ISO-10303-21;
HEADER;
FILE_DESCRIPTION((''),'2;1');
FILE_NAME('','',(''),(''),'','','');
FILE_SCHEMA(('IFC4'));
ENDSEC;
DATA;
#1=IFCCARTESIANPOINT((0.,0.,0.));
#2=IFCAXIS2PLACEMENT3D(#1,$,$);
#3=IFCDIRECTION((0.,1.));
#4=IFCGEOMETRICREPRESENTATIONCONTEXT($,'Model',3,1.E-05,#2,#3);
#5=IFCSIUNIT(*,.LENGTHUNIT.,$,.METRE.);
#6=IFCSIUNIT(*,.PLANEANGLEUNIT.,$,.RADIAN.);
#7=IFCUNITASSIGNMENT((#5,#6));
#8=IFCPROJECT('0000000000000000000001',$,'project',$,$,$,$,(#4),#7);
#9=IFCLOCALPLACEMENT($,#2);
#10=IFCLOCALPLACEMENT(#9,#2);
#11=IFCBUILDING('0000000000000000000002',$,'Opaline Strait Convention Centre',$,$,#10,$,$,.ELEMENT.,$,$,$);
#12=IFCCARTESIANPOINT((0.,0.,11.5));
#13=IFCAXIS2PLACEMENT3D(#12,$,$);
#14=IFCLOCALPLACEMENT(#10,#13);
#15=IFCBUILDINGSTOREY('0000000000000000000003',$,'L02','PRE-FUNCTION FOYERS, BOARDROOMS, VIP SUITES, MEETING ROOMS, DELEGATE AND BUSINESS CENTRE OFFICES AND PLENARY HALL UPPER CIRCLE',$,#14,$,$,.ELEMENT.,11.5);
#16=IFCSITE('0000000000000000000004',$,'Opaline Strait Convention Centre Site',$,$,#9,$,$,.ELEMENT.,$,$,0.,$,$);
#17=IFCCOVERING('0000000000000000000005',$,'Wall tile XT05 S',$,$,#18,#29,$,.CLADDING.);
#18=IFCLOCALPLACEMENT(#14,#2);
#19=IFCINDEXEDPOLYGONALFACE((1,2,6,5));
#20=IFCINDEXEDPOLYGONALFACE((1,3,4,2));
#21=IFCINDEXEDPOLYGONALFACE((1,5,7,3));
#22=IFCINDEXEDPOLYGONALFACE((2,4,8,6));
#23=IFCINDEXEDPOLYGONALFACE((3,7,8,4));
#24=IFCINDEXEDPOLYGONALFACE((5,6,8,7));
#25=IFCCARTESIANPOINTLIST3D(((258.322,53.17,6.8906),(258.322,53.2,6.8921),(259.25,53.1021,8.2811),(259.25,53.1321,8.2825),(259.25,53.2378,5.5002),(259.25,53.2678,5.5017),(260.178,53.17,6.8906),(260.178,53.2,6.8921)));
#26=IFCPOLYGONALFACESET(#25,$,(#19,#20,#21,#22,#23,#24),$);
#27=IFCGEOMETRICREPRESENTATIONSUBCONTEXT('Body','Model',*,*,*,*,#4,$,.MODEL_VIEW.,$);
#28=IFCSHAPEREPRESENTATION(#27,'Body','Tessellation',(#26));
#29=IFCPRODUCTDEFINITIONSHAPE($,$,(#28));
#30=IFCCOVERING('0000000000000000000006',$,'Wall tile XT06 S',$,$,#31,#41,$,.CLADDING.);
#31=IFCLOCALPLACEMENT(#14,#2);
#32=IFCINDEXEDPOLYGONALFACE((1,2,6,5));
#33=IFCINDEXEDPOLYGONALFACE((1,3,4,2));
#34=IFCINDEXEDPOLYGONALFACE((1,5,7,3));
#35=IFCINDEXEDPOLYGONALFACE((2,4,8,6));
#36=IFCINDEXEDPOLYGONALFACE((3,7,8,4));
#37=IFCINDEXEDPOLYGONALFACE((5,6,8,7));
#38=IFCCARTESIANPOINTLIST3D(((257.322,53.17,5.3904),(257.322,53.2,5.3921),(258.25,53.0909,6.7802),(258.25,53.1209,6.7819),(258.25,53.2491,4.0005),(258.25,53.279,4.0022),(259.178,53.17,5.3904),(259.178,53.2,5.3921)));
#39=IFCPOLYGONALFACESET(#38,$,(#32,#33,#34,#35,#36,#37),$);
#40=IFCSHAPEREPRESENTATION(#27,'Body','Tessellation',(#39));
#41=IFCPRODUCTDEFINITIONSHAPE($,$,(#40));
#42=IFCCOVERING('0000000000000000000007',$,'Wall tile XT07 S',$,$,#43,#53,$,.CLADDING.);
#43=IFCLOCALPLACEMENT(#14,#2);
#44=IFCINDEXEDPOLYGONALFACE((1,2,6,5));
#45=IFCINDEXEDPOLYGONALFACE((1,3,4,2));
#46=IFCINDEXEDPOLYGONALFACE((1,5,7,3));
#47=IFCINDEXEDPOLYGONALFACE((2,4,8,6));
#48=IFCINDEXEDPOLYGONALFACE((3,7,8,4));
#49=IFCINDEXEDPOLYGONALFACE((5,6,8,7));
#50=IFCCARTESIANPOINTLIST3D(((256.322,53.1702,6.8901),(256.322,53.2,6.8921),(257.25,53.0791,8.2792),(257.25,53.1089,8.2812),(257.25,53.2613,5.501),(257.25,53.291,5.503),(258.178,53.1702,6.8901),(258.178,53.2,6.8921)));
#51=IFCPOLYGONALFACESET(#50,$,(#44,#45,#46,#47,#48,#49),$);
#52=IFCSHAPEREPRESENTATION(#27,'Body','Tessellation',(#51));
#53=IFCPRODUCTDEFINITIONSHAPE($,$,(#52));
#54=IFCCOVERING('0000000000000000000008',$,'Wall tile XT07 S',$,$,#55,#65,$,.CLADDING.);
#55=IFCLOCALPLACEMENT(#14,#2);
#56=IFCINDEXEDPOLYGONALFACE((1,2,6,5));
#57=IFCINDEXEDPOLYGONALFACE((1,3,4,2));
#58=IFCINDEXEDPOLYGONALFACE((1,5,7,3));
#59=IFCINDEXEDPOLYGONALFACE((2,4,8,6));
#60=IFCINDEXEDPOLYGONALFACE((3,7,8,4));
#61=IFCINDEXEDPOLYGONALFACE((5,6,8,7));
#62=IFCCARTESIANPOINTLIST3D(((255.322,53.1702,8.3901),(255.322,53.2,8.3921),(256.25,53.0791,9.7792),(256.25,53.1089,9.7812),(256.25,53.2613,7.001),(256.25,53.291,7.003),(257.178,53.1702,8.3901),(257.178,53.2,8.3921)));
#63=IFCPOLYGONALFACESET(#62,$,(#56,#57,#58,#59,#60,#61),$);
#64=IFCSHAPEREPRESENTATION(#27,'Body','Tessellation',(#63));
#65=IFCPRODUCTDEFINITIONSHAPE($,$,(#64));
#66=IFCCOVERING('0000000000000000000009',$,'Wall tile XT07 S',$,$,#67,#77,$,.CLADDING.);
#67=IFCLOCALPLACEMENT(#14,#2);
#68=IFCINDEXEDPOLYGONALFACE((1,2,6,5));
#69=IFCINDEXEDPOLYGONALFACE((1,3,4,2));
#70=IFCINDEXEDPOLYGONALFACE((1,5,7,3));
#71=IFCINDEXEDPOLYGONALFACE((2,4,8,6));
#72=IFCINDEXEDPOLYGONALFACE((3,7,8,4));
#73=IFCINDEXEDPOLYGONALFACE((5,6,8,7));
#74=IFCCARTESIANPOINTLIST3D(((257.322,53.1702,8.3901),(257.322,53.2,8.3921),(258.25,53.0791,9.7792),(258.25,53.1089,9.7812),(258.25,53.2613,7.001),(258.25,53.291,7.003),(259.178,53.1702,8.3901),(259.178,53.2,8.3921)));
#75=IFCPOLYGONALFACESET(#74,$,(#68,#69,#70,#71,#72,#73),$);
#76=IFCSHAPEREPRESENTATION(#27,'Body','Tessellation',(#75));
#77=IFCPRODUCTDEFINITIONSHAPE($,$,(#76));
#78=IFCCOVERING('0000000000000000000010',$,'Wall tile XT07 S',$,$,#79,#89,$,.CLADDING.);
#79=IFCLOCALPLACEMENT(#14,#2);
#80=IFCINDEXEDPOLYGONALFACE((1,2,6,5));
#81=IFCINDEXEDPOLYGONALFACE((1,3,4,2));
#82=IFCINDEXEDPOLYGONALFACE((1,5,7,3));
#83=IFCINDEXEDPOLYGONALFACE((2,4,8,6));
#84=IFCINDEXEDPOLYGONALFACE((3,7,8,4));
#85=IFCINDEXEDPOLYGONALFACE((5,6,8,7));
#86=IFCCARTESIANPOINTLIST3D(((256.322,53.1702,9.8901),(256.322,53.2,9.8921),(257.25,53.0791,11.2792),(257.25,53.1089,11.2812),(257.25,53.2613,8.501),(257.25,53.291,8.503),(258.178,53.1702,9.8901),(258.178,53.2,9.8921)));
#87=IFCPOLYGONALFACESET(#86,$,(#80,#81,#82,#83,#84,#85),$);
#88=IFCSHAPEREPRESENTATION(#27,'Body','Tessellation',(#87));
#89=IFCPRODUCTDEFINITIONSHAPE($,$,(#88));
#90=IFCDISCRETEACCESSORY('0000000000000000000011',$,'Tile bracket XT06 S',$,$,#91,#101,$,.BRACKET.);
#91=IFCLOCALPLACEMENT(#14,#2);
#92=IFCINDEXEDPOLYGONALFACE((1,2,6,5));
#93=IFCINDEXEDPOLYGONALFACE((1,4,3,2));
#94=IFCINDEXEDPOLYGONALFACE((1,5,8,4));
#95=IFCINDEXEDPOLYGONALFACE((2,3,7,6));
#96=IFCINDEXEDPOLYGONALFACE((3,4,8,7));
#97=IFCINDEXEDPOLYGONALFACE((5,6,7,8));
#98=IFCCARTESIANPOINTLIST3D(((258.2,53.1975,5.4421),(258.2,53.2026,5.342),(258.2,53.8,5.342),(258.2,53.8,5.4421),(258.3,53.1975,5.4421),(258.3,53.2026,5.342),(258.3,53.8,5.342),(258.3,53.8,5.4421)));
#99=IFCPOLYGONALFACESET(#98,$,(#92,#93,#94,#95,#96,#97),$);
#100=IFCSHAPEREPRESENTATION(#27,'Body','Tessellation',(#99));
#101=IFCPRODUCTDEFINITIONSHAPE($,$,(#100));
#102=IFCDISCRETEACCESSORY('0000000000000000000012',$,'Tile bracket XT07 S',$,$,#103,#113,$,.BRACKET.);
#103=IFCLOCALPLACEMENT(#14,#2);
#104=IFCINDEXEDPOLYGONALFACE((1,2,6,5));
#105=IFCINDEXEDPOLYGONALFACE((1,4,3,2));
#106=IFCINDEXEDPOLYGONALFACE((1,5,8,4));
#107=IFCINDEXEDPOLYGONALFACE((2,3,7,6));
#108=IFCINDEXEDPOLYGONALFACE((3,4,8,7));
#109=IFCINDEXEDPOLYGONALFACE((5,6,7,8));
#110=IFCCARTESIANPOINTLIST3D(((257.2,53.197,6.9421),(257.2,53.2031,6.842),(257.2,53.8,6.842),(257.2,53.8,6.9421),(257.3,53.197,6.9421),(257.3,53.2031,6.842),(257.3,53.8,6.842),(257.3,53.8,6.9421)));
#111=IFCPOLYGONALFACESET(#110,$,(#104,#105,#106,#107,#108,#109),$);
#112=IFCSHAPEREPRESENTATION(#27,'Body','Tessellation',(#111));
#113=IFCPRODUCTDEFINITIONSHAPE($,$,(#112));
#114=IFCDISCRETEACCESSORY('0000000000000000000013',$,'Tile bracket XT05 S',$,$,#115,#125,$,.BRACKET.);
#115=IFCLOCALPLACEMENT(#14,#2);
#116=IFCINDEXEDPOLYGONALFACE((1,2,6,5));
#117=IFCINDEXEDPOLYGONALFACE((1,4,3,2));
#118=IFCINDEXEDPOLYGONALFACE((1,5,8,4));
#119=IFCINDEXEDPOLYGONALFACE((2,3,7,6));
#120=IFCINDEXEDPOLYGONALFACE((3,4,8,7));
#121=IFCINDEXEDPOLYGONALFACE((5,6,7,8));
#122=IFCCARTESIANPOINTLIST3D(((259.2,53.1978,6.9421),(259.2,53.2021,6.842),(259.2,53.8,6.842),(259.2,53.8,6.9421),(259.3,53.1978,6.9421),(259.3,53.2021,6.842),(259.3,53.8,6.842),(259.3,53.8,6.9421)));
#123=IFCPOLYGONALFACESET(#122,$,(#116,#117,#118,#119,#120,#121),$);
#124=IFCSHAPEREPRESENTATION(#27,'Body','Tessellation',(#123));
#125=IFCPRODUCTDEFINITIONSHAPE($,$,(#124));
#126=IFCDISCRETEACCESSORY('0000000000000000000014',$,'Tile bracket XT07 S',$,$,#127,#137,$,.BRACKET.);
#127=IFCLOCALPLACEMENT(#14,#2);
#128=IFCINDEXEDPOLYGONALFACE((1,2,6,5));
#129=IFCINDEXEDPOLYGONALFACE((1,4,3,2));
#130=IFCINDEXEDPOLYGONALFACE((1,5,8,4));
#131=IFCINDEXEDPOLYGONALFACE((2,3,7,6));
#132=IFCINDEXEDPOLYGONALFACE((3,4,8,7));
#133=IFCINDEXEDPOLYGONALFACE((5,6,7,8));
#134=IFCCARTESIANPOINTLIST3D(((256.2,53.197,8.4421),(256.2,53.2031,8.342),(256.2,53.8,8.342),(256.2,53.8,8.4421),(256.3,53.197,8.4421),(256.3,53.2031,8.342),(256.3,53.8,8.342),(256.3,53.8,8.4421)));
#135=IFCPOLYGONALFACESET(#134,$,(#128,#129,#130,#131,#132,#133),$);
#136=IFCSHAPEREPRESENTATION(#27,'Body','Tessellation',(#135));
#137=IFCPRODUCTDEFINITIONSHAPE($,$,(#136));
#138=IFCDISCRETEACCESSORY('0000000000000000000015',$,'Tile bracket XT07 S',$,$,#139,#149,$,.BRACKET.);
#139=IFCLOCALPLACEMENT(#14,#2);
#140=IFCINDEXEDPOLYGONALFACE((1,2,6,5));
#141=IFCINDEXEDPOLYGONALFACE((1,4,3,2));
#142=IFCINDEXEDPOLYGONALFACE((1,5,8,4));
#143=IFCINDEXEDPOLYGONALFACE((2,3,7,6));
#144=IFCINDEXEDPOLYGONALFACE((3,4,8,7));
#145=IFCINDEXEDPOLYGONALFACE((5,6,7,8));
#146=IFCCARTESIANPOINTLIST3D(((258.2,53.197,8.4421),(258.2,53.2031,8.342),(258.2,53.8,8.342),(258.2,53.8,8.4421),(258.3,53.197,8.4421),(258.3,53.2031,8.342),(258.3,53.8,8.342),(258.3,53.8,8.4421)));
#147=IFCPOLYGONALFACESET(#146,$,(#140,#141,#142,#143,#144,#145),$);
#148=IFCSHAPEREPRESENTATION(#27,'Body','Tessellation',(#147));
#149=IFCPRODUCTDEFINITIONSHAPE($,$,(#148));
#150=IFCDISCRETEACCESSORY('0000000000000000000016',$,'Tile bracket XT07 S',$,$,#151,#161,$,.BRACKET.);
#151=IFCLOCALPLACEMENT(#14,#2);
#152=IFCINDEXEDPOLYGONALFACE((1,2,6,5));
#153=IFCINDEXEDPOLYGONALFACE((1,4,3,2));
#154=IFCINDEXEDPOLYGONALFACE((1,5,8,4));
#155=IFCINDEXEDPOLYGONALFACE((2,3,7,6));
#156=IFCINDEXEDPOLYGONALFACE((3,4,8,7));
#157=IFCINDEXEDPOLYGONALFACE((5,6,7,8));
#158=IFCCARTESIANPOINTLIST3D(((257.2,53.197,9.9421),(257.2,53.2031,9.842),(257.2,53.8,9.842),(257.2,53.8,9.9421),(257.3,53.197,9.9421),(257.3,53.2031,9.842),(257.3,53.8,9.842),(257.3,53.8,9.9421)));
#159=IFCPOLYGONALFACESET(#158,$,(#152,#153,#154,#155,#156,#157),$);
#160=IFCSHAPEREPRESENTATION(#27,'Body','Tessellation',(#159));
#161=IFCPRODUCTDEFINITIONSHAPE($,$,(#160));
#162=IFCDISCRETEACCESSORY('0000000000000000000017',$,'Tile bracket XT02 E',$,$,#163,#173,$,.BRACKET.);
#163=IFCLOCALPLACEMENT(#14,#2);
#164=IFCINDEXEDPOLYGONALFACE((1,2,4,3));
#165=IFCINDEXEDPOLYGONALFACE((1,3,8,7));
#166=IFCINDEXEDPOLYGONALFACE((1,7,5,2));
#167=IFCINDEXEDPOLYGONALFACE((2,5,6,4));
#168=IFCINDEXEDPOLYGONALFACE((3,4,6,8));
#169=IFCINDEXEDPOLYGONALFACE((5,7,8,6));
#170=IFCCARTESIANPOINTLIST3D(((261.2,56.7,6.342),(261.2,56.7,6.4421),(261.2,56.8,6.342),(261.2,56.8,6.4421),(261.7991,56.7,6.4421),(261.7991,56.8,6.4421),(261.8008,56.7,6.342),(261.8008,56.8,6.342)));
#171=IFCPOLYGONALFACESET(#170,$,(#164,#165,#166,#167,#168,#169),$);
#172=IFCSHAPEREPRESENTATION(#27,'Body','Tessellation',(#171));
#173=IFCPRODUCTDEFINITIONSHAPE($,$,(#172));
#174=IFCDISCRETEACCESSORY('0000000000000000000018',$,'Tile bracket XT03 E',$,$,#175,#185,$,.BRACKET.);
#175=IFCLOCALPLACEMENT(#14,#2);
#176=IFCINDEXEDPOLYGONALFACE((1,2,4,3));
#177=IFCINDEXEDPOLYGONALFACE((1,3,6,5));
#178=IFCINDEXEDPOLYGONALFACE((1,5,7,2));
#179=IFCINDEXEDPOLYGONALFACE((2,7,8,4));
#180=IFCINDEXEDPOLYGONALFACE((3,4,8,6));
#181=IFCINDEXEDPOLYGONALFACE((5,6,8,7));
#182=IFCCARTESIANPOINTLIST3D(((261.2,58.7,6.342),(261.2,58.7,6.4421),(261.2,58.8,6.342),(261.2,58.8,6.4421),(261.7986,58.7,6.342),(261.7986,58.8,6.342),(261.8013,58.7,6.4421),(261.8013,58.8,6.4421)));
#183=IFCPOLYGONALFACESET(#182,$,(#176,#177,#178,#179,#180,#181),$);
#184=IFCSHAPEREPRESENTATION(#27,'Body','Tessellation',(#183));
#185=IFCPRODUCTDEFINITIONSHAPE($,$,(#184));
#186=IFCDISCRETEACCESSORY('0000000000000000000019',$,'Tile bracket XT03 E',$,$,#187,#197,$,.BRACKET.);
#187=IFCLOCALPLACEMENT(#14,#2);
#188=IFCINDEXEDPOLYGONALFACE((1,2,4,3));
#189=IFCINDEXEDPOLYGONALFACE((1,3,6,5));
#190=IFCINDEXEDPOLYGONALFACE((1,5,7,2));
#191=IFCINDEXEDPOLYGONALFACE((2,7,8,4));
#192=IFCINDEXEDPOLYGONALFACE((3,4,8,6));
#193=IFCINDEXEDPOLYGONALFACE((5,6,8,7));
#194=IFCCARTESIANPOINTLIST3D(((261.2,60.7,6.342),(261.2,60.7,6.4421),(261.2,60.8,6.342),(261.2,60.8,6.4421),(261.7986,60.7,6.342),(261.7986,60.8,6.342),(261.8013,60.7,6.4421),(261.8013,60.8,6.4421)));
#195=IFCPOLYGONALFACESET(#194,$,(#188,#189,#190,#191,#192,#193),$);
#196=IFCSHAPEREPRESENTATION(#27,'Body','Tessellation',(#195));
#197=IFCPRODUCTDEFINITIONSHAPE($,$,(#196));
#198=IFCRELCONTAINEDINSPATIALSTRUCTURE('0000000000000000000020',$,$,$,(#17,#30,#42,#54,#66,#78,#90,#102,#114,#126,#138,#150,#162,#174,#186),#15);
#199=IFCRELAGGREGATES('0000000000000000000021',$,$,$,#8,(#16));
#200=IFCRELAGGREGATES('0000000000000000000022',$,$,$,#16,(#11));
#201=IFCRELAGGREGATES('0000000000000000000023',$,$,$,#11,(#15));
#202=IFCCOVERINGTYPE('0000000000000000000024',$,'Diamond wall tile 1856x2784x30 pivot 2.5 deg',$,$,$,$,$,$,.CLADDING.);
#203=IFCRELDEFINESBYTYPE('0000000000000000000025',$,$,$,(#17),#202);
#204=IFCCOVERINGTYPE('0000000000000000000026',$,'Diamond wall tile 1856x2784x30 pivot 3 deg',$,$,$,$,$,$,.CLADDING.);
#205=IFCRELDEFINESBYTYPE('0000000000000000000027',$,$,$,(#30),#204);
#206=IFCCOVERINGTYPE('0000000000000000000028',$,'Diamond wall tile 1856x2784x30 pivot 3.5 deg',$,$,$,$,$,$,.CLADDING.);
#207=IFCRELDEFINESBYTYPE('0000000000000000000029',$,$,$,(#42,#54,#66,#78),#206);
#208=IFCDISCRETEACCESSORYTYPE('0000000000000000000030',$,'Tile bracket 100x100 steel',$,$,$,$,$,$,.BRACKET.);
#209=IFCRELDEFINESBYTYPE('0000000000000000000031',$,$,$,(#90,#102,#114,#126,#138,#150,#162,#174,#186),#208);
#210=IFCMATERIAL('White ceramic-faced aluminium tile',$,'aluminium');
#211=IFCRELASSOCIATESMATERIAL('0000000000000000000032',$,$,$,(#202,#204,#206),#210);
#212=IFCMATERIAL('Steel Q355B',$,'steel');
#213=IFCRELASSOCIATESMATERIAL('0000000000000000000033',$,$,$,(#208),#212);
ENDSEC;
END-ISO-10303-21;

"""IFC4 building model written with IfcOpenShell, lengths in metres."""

from ifc_helpers import new_model, si_unit, direction, frame, origin, place, context, subcontext, project, spatial, polyline, outline, extrude, material, material_profile, profile_set, type_object, element, save


model = new_model("IFC4")

# Units and contexts
model_context = context("Model", 3, precision=1e-05, world=origin(), true_north=direction((0.0, 1.0)))
body_context = subcontext(model_context, "Body", "Model", "MODEL_VIEW")
ifc_project = project(units=[si_unit("LENGTHUNIT", "METRE"), si_unit("PLANEANGLEUNIT", "RADIAN")], contexts=[model_context])

# Site, building, storey
site_placement = place(None, origin())
site = spatial("IfcSite", under=ifc_project, at=site_placement, Name="Opaline Strait Convention Centre Site", CompositionType="ELEMENT", RefElevation=0.0)
building_placement = place(site_placement, origin())
building = spatial("IfcBuilding", under=site, at=building_placement, Name="Opaline Strait Convention Centre", CompositionType="ELEMENT")
storey_placement = place(building_placement, frame((0.0, 0.0, 11.5)))
storey = spatial("IfcBuildingStorey", under=building, at=storey_placement, Name="L02", Description="PRE-FUNCTION FOYERS, BOARDROOMS, VIP SUITES, MEETING ROOMS, DELEGATE AND BUSINESS CENTRE OFFICES AND PLENARY HALL UPPER CIRCLE", CompositionType="ELEMENT", Elevation=11.5)

# Coverings
ifc_material_1 = material(Name="White ceramic-faced aluminium tile", Category="aluminium")
ifc_material_profile_1 = material_profile(ifc_material_1, outline(polyline([(0.928, 0.0), (0.0, 1.3921), (-0.928, 0.0), (0.0, -1.3921), (0.928, 0.0)])), Name="Diamond tile 1856x2784")
ifc_profile_set_1 = profile_set([ifc_material_profile_1], Name="White ceramic-faced aluminium tile")
covering_type_1 = type_object("IfcCoveringType", Name="Diamond wall tile 1856x2784x30 pivot 2.5 deg", PredefinedType="CLADDING", material=ifc_profile_set_1)
covering_1_placement = place(storey_placement, frame((259.25, 53.2, 6.8921), z_axis=(0.0, -0.998812, -0.048723), x_axis=(1.0, 0.0, 0.0)))
element("IfcCovering", 1, at=covering_1_placement, inside=storey, type_object=covering_type_1, Name="Wall tile XT05 S", PredefinedType="CLADDING", context=body_context, shape_type="SweptSolid", body=[
    extrude(outline(polyline([(0.928, 0.0), (0.0, 1.3921), (-0.928, 0.0), (0.0, -1.3921), (0.928, 0.0)])), origin(), (0.0, 0.0, 1.0), 0.03),
])
ifc_material_profile_2 = material_profile(ifc_material_1, outline(polyline([(0.928, 0.0), (0.0, 1.3921), (-0.928, 0.0), (0.0, -1.3921), (0.928, 0.0)])), Name="Diamond tile 1856x2784")
ifc_profile_set_2 = profile_set([ifc_material_profile_2], Name="White ceramic-faced aluminium tile")
covering_type_2 = type_object("IfcCoveringType", Name="Diamond wall tile 1856x2784x30 pivot 3 deg", PredefinedType="CLADDING", material=ifc_profile_set_2)
covering_2_placement = place(storey_placement, frame((258.25, 53.2, 5.3921), z_axis=(0.0, -0.998385, -0.056819), x_axis=(1.0, 0.0, 0.0)))
element("IfcCovering", 2, at=covering_2_placement, inside=storey, type_object=covering_type_2, Name="Wall tile XT06 S", PredefinedType="CLADDING", context=body_context, shape_type="SweptSolid", body=[
    extrude(outline(polyline([(0.928, 0.0), (0.0, 1.3921), (-0.928, 0.0), (0.0, -1.3921), (0.928, 0.0)])), origin(), (0.0, 0.0, 1.0), 0.03),
])
ifc_material_profile_3 = material_profile(ifc_material_1, outline(polyline([(0.928, 0.0), (0.0, 1.3921), (-0.928, 0.0), (0.0, -1.3921), (0.928, 0.0)])), Name="Diamond tile 1856x2784")
ifc_profile_set_3 = profile_set([ifc_material_profile_3], Name="White ceramic-faced aluminium tile")
covering_type_3 = type_object("IfcCoveringType", Name="Diamond wall tile 1856x2784x30 pivot 3.5 deg", PredefinedType="CLADDING", material=ifc_profile_set_3)
for number, where, z_axis, x_axis, name in (
    (3, (257.25, 53.2, 6.8921), (0.0, -0.997857, -0.065433), (1.0, 0.0, 0.0), "Wall tile XT07 S"),
    (4, (256.25, 53.2, 8.3921), (0.0, -0.997857, -0.065433), (1.0, 0.0, 0.0), "Wall tile XT07 S"),
    (5, (258.25, 53.2, 8.3921), (0.0, -0.997857, -0.065433), (1.0, 0.0, 0.0), "Wall tile XT07 S"),
    (6, (257.25, 53.2, 9.8921), (0.0, -0.997857, -0.065433), (1.0, 0.0, 0.0), "Wall tile XT07 S"),
):
    element("IfcCovering", number, at=place(storey_placement, frame(where, z_axis=z_axis, x_axis=x_axis)), inside=storey, type_object=covering_type_3, Name=name, PredefinedType="CLADDING", context=body_context, shape_type="SweptSolid", body=[
        extrude(outline(polyline([(0.928, 0.0), (0.0, 1.3921), (-0.928, 0.0), (0.0, -1.3921), (0.928, 0.0)])), origin(), (0.0, 0.0, 1.0), 0.0298),
    ])

# Discrete accessories
ifc_material_2 = material(Name="Steel Q355B", Category="steel")
discrete_accessory_type = type_object("IfcDiscreteAccessoryType", Name="Tile bracket 100x100 steel", PredefinedType="BRACKET", material=ifc_material_2)
discrete_accessory_1_placement = place(storey_placement, frame((258.2, 53.8, 5.3921), z_axis=(1.0, 0.0, 0.0), x_axis=(0.0, 1.0, 0.0)))
element("IfcDiscreteAccessory", 7, at=discrete_accessory_1_placement, inside=storey, type_object=discrete_accessory_type, Name="Tile bracket XT06 S", PredefinedType="BRACKET", context=body_context, shape_type="SweptSolid", body=[
    extrude(outline(polyline([(0.0, -0.05), (0.0, 0.05), (-0.6025, 0.05), (-0.5974, -0.05), (0.0, -0.05)])), origin(), (0.0, 0.0, 1.0), 0.1001),
])
discrete_accessory_2_placement = place(storey_placement, frame((257.2, 53.8, 6.8921), z_axis=(1.0, 0.0, 0.0), x_axis=(0.0, 1.0, 0.0)))
element("IfcDiscreteAccessory", 8, at=discrete_accessory_2_placement, inside=storey, type_object=discrete_accessory_type, Name="Tile bracket XT07 S", PredefinedType="BRACKET", context=body_context, shape_type="SweptSolid", body=[
    extrude(outline(polyline([(0.0, -0.05), (0.0, 0.05), (-0.603, 0.05), (-0.5969, -0.05), (0.0, -0.05)])), origin(), (0.0, 0.0, 1.0), 0.1001),
])
discrete_accessory_3_placement = place(storey_placement, frame((259.2, 53.8, 6.8921), z_axis=(1.0, 0.0, 0.0), x_axis=(0.0, 1.0, 0.0)))
element("IfcDiscreteAccessory", 9, at=discrete_accessory_3_placement, inside=storey, type_object=discrete_accessory_type, Name="Tile bracket XT05 S", PredefinedType="BRACKET", context=body_context, shape_type="SweptSolid", body=[
    extrude(outline(polyline([(0.0, -0.05), (0.0, 0.05), (-0.6023, 0.05), (-0.5979, -0.05), (0.0, -0.05)])), origin(), (0.0, 0.0, 1.0), 0.1001),
])
for number, where, z_axis, x_axis, name in (
    (10, (256.2, 53.8, 8.3921), (1.0, 0.0, 0.0), (0.0, 1.0, 0.0), "Tile bracket XT07 S"),
    (11, (258.2, 53.8, 8.3921), (1.0, 0.0, 0.0), (0.0, 1.0, 0.0), "Tile bracket XT07 S"),
    (12, (257.2, 53.8, 9.8921), (1.0, 0.0, 0.0), (0.0, 1.0, 0.0), "Tile bracket XT07 S"),
):
    element("IfcDiscreteAccessory", number, at=place(storey_placement, frame(where, z_axis=z_axis, x_axis=x_axis)), inside=storey, type_object=discrete_accessory_type, Name=name, PredefinedType="BRACKET", context=body_context, shape_type="SweptSolid", body=[
        extrude(outline(polyline([(0.0, -0.05), (0.0, 0.05), (-0.603, 0.05), (-0.5969, -0.05), (0.0, -0.05)])), origin(), (0.0, 0.0, 1.0), 0.1001),
    ])
discrete_accessory_4_placement = place(storey_placement, frame((261.2, 56.7, 6.3921), z_axis=(0.0, 1.0, 0.0), x_axis=(-1.0, 0.0, 0.0)))
element("IfcDiscreteAccessory", 13, at=discrete_accessory_4_placement, inside=storey, type_object=discrete_accessory_type, Name="Tile bracket XT02 E", PredefinedType="BRACKET", context=body_context, shape_type="SweptSolid", body=[
    extrude(outline(polyline([(0.0, -0.05), (0.0, 0.05), (-0.5991, 0.05), (-0.6008, -0.05), (0.0, -0.05)])), origin(), (0.0, 0.0, 1.0), 0.1001),
])
for number, where, z_axis, x_axis, name in (
    (14, (261.2, 58.7, 6.3921), (0.0, 1.0, 0.0), (-1.0, 0.0, 0.0), "Tile bracket XT03 E"),
    (15, (261.2, 60.7, 6.3921), (0.0, 1.0, 0.0), (-1.0, 0.0, 0.0), "Tile bracket XT03 E"),
):
    element("IfcDiscreteAccessory", number, at=place(storey_placement, frame(where, z_axis=z_axis, x_axis=x_axis)), inside=storey, type_object=discrete_accessory_type, Name=name, PredefinedType="BRACKET", context=body_context, shape_type="SweptSolid", body=[
        extrude(outline(polyline([(0.0, -0.05), (0.0, 0.05), (-0.6013, 0.05), (-0.5986, -0.05), (0.0, -0.05)])), origin(), (0.0, 0.0, 1.0), 0.1001),
    ])

save(model, "model.ifc")
